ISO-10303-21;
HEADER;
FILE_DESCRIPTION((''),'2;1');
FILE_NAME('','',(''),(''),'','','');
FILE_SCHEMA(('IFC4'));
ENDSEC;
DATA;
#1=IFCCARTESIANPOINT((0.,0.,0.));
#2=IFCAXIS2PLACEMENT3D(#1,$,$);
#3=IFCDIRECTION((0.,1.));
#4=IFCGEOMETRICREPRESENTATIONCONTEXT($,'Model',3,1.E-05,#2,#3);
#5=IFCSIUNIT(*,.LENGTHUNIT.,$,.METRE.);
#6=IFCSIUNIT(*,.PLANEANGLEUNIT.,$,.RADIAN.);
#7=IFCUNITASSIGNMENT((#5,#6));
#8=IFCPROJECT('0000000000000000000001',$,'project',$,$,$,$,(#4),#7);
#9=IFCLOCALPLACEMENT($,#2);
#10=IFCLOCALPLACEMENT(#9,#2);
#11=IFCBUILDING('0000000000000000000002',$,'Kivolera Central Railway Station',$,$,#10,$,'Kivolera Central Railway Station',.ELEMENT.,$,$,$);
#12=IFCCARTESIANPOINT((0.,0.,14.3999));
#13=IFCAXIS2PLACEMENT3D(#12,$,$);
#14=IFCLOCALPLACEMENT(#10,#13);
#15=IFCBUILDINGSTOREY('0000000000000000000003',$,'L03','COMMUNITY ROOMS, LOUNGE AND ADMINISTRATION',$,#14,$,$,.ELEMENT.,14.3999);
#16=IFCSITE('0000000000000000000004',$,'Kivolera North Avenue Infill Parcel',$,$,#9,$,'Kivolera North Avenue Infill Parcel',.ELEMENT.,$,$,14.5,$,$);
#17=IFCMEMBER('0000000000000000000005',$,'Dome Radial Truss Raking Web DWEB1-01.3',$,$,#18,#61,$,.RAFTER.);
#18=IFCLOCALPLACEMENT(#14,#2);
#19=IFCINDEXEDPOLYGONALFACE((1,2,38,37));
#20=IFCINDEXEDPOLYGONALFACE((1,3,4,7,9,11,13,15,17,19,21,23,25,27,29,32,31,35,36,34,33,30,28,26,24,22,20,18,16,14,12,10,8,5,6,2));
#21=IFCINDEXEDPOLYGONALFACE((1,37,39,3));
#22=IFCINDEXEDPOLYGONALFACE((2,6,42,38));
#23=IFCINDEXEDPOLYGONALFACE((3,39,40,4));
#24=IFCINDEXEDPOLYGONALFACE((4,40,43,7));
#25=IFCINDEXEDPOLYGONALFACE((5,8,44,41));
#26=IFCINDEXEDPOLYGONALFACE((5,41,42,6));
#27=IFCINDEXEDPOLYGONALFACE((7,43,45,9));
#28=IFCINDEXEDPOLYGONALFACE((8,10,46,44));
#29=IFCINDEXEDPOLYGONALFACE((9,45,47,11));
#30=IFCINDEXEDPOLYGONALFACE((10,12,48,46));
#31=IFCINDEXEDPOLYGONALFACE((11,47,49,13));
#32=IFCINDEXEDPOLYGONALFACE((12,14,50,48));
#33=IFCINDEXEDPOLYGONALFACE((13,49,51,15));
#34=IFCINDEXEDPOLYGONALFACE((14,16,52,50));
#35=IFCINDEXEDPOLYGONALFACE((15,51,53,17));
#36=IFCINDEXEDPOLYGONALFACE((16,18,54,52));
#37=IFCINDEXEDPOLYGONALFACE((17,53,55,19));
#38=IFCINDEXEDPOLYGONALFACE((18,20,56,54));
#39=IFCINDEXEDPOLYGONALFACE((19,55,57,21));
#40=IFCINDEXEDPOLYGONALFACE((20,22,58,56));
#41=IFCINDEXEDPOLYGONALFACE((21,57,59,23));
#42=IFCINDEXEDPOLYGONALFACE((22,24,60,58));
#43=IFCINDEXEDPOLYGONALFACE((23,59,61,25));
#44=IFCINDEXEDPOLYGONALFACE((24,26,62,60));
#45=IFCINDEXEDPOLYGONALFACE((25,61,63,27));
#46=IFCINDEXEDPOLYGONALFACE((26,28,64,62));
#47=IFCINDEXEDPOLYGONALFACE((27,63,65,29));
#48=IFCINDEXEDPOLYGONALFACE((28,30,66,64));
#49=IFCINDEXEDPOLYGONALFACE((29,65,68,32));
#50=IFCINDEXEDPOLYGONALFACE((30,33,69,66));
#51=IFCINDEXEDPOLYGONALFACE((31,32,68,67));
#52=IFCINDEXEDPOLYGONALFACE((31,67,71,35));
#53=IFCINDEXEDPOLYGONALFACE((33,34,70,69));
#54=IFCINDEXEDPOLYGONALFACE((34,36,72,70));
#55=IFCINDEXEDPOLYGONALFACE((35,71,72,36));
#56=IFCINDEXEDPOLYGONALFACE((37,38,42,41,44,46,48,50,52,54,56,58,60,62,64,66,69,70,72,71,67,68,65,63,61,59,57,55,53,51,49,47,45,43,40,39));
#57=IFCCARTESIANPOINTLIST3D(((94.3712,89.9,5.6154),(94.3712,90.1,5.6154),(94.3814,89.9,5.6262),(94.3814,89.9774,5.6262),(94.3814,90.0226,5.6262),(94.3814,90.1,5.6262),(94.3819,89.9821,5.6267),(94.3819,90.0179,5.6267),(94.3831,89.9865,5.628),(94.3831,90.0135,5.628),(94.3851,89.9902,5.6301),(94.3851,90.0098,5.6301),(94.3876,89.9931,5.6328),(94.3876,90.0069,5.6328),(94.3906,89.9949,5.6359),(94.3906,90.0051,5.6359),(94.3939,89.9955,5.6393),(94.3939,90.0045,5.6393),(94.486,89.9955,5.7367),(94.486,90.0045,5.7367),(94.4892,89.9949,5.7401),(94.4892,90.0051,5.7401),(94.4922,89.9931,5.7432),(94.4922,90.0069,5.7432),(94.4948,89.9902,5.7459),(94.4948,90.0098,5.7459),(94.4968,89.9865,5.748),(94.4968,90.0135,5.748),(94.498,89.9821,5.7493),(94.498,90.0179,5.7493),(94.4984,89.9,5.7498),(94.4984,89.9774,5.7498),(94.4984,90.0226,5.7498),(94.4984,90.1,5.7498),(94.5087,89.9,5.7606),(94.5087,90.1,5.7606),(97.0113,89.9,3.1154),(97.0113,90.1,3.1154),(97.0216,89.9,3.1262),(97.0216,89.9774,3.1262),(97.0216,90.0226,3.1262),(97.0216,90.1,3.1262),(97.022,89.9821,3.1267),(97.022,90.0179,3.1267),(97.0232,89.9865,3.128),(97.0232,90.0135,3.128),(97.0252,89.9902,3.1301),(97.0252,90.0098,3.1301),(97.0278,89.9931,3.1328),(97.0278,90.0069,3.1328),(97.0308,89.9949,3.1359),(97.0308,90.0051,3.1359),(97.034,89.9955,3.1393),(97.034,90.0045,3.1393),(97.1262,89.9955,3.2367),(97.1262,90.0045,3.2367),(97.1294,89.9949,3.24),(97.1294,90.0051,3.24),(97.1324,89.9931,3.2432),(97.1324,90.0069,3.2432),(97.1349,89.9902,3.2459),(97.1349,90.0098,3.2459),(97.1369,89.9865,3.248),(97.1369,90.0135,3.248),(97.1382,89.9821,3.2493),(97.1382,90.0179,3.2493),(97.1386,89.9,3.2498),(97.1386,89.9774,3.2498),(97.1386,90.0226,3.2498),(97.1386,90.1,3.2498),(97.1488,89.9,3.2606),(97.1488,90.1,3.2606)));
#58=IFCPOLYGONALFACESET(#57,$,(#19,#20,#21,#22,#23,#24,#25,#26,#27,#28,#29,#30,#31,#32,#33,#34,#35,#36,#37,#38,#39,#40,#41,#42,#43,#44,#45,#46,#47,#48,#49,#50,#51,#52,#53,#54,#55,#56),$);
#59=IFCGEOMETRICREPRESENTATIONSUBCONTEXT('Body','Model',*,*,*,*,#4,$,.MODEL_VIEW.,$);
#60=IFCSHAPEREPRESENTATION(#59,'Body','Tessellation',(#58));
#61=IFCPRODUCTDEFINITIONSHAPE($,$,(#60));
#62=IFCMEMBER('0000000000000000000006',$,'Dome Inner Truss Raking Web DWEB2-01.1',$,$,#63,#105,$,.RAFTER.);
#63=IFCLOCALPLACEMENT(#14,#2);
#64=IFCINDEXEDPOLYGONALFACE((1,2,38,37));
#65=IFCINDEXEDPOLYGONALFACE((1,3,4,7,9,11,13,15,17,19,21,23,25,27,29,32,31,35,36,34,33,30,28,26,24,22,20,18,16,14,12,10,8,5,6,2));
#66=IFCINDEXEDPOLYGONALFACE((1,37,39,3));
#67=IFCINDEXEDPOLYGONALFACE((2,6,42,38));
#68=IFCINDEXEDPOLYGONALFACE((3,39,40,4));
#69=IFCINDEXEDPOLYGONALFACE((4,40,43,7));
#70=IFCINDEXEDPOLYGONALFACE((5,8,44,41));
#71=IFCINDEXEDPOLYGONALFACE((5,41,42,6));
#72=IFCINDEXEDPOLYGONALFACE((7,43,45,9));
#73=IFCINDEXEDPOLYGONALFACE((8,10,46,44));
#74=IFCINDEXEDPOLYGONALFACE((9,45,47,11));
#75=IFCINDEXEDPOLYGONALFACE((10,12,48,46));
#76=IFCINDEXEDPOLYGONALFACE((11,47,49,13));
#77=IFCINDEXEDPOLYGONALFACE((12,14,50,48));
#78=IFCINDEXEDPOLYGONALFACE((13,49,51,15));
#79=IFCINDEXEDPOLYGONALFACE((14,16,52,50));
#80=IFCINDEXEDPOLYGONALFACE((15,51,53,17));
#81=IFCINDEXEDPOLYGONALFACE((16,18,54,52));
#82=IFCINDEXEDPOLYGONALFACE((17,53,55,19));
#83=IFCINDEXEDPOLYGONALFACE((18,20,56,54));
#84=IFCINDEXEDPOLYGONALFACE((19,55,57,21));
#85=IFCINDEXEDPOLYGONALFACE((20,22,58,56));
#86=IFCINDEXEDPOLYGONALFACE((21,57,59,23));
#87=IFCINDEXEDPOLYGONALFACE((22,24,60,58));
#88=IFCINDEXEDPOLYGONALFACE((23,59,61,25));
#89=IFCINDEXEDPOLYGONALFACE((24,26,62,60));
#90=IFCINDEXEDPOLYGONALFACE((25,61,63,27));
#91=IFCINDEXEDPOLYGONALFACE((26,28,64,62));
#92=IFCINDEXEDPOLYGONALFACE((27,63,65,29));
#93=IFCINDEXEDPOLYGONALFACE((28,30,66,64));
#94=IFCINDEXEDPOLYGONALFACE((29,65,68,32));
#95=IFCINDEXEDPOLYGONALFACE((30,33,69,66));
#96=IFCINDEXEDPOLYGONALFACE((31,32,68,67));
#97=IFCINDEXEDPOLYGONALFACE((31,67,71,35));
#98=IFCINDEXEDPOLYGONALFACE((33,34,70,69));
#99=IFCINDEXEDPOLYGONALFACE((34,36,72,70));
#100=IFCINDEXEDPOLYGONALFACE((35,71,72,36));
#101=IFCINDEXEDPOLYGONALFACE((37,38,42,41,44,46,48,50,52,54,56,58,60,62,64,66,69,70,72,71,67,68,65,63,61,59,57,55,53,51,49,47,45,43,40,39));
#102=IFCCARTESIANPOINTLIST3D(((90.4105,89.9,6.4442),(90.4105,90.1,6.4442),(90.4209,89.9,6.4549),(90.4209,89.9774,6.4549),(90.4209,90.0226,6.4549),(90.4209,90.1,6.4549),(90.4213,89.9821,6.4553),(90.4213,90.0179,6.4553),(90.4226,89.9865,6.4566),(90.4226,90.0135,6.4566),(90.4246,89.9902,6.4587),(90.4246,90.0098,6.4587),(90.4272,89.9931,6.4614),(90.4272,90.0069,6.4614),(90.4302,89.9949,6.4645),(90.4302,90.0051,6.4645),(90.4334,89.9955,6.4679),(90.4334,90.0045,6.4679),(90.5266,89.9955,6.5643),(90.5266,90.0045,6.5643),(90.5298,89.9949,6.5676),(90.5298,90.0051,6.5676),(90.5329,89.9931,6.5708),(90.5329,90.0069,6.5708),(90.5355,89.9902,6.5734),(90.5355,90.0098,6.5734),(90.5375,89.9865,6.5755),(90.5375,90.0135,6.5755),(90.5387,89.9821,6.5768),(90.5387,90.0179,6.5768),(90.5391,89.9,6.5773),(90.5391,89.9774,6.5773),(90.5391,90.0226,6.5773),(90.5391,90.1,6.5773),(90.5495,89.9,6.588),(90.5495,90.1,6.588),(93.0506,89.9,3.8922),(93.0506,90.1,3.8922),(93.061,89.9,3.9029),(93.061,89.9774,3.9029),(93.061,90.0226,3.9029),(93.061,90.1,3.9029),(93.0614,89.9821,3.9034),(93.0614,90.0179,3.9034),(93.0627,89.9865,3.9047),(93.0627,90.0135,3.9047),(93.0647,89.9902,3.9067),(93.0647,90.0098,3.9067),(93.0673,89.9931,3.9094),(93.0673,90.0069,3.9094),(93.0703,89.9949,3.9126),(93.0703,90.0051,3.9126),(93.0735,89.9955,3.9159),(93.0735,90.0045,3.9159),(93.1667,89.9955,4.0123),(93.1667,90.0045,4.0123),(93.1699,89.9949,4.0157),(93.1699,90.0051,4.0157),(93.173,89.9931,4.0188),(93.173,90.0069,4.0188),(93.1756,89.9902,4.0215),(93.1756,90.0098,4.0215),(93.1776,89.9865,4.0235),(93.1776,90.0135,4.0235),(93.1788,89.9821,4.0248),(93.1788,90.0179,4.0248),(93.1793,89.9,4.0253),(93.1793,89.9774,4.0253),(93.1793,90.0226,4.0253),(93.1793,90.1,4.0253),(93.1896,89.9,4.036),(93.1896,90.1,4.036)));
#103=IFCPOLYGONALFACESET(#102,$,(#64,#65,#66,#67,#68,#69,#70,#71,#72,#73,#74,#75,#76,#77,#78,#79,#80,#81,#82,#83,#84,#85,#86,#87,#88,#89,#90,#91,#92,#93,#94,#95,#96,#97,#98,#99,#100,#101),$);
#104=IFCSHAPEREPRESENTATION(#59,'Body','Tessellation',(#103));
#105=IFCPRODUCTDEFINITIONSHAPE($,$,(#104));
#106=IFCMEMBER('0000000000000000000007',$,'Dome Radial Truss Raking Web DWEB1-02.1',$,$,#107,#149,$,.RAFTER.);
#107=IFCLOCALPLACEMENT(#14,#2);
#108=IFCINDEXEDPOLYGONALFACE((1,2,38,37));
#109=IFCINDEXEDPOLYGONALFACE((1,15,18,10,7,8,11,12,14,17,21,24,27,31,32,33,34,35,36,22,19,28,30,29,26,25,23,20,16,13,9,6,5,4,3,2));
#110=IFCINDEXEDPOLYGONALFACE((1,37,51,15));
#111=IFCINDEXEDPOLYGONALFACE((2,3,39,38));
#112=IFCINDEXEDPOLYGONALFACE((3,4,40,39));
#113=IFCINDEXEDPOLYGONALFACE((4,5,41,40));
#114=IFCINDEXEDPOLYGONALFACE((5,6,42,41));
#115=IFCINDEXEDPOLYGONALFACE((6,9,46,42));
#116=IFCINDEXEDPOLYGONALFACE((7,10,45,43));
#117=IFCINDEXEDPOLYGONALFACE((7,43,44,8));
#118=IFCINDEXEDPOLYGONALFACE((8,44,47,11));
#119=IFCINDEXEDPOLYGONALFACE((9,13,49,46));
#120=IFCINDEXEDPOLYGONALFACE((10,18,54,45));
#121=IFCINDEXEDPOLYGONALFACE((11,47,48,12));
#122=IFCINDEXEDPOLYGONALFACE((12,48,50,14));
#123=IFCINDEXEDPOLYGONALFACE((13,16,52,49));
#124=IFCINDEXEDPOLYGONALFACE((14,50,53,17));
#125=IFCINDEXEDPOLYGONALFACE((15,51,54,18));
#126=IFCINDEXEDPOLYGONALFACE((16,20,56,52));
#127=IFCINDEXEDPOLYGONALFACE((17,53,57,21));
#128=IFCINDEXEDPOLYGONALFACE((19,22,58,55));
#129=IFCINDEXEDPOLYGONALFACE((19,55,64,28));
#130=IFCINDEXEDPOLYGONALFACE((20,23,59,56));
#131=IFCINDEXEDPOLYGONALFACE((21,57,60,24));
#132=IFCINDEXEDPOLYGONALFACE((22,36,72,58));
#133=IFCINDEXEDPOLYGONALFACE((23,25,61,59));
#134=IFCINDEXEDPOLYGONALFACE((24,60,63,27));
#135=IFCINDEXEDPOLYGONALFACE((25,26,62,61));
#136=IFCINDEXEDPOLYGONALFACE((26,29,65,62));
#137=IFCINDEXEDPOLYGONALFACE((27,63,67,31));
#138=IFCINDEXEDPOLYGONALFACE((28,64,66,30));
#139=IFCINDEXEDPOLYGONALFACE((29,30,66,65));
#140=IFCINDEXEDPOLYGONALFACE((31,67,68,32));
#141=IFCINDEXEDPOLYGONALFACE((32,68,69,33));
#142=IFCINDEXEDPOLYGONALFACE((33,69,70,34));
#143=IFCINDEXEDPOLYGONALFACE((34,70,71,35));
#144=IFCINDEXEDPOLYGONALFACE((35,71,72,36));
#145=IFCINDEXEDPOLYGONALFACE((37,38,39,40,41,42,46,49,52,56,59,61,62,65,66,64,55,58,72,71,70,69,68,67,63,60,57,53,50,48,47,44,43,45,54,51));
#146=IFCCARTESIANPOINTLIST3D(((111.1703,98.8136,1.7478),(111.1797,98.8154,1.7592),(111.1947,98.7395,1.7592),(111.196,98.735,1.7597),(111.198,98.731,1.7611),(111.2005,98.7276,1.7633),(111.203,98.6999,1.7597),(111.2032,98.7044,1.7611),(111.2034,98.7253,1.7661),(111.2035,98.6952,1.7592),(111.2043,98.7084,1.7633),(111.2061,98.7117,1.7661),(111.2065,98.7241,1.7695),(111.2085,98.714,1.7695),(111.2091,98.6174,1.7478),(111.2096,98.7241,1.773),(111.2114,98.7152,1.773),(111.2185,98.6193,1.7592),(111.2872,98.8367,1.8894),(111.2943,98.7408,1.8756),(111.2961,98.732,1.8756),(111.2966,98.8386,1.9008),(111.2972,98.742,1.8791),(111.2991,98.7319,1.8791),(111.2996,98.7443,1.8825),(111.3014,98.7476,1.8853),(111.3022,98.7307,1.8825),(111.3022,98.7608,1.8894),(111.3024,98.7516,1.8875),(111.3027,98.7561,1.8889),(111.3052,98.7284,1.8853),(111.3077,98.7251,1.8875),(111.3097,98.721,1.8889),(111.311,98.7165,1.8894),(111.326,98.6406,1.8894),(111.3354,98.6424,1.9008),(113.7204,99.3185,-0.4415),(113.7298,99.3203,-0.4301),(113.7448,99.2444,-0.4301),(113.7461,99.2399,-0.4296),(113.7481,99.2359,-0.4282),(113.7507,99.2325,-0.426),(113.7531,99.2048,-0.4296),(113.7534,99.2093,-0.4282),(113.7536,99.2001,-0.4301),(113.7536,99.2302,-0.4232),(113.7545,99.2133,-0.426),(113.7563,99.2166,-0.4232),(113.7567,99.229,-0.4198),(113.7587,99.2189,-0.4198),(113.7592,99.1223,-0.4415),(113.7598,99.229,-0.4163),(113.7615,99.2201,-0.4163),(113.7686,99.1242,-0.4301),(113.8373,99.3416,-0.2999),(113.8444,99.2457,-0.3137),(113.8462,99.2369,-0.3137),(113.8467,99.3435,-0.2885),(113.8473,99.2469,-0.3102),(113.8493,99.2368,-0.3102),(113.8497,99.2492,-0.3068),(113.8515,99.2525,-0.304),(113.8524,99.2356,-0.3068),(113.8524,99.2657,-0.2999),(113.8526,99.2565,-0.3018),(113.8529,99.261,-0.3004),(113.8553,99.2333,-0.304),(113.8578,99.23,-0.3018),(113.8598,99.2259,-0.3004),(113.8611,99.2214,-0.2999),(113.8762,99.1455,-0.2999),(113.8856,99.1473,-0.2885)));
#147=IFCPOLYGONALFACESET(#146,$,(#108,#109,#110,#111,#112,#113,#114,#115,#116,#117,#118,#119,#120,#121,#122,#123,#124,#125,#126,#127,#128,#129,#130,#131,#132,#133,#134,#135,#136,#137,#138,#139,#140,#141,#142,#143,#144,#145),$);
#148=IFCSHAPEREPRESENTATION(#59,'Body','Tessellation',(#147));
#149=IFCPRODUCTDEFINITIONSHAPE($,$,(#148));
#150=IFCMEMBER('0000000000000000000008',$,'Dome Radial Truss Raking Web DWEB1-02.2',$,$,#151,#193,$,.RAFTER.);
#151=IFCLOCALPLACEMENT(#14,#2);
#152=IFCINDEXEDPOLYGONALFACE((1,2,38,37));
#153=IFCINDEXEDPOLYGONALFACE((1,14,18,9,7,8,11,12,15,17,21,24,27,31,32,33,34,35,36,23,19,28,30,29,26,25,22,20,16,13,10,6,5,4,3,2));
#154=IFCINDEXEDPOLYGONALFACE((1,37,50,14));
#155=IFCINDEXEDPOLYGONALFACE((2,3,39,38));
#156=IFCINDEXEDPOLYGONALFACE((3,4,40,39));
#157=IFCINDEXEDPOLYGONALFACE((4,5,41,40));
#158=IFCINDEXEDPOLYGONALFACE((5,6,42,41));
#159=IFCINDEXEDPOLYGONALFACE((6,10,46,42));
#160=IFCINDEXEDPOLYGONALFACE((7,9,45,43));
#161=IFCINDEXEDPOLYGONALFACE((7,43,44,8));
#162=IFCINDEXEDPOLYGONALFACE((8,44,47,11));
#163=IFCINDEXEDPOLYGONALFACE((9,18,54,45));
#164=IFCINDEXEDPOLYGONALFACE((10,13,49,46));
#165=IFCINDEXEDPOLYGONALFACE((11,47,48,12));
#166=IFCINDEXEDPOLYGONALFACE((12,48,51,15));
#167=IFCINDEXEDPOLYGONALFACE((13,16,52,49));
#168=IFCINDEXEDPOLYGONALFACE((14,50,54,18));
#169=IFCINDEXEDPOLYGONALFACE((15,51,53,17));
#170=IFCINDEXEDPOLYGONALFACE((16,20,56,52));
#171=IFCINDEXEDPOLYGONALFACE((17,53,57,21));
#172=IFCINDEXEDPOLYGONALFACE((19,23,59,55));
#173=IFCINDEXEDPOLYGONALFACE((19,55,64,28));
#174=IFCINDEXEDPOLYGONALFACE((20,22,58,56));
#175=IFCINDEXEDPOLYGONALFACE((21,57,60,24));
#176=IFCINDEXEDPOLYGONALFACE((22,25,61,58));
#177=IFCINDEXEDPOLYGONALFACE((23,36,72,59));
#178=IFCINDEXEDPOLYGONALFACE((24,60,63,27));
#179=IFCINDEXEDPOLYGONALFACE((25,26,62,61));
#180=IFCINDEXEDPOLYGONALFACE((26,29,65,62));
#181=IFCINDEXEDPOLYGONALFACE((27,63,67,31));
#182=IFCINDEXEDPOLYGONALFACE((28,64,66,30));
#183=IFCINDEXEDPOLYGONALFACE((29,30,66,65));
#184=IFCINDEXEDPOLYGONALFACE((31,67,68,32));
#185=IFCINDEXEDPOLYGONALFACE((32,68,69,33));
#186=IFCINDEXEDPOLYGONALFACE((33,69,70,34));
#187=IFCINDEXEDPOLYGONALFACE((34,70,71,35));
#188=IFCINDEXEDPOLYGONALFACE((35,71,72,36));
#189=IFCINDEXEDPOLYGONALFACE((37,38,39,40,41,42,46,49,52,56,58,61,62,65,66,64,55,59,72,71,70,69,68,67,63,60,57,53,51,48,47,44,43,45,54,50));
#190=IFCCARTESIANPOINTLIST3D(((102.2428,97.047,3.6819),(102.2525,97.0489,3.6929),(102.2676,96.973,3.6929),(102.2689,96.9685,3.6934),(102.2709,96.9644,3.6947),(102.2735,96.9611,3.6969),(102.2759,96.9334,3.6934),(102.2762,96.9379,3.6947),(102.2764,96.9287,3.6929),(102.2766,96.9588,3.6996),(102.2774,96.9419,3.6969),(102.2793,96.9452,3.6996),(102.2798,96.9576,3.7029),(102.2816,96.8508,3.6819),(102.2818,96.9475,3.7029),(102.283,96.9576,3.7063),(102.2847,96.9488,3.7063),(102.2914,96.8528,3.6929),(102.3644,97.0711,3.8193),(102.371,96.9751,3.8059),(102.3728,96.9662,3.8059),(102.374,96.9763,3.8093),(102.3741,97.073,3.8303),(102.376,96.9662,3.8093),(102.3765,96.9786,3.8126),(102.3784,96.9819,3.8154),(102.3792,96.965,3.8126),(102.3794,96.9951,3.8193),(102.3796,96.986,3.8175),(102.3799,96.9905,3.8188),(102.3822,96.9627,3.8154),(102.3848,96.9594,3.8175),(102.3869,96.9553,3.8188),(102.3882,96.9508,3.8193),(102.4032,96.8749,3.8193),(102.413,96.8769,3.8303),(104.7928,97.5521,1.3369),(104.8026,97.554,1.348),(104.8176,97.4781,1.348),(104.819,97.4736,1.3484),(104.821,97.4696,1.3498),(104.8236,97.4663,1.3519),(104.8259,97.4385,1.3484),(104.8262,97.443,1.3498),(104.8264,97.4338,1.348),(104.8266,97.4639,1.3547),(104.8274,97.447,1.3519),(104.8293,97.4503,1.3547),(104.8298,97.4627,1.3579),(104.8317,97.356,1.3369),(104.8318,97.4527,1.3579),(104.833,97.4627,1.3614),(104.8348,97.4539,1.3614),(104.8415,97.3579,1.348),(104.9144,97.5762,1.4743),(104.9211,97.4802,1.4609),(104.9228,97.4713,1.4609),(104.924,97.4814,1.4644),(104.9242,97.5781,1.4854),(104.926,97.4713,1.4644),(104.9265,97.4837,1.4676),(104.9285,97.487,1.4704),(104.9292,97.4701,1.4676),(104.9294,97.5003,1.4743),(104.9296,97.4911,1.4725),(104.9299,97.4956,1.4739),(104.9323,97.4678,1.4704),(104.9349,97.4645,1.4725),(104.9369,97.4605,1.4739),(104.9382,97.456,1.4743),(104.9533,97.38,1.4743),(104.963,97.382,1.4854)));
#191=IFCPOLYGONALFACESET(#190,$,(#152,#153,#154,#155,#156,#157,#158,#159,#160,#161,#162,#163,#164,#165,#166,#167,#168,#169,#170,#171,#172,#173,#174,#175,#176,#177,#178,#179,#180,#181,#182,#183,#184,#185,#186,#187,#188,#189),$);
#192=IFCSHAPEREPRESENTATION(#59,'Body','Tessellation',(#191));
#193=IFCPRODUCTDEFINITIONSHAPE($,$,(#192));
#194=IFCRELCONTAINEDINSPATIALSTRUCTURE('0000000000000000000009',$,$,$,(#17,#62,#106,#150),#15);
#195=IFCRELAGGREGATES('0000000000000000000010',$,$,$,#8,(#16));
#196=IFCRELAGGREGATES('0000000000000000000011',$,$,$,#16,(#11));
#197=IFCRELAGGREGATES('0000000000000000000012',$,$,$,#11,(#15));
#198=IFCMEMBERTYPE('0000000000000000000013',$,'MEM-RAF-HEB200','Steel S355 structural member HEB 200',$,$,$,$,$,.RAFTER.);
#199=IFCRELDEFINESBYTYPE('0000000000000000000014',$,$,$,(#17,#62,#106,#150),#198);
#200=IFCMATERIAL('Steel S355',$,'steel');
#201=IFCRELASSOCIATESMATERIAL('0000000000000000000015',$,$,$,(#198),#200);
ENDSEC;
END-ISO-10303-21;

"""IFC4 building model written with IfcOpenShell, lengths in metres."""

from ifc_helpers import new_model, si_unit, direction, frame, origin, origin_2d, place, context, subcontext, project, spatial, i_section, extrude, material, material_profile, profile_set, type_object, element, save


model = new_model("IFC4")

# Units and contexts
model_context = context("Model", 3, precision=1e-05, world=origin(), true_north=direction((0.0, 1.0)))
body_context = subcontext(model_context, "Body", "Model", "MODEL_VIEW")
ifc_project = project(units=[si_unit("LENGTHUNIT", "METRE"), si_unit("PLANEANGLEUNIT", "RADIAN")], contexts=[model_context])

# Site, building, storey
site_placement = place(None, origin())
site = spatial("IfcSite", under=ifc_project, at=site_placement, Name="Kivolera North Avenue Infill Parcel", LongName="Kivolera North Avenue Infill Parcel", CompositionType="ELEMENT", RefElevation=14.5)
building_placement = place(site_placement, origin())
building = spatial("IfcBuilding", under=site, at=building_placement, Name="Kivolera Central Railway Station", LongName="Kivolera Central Railway Station", CompositionType="ELEMENT")
storey_placement = place(building_placement, frame((0.0, 0.0, 14.3999)))
storey = spatial("IfcBuildingStorey", under=building, at=storey_placement, Name="L03", Description="COMMUNITY ROOMS, LOUNGE AND ADMINISTRATION", CompositionType="ELEMENT", Elevation=14.3999)

# Shared definitions
ifc_material_1 = material(Name="Steel S355", Category="steel")

# Members
ifc_material_profile_1 = material_profile(ifc_material_1, i_section(OverallWidth=0.2, OverallDepth=0.2, WebThickness=0.009, FlangeThickness=0.0149, FilletRadius=0.0181, at=origin_2d()), Name="HEB 200")
ifc_profile_set_1 = profile_set([ifc_material_profile_1], Name="Steel S355")
member_type_1 = type_object("IfcMemberType", Name="MEM-RAF-HEB200", Description="Steel S355 structural member HEB 200", PredefinedType="RAFTER", material=ifc_profile_set_1)
member_1_placement = place(storey_placement, frame((97.0801, 90.0, 3.188), z_axis=(-0.726115, 0.0, 0.687573), x_axis=(0.0, -1.0, 0.0)))
element("IfcMember", 1, at=member_1_placement, inside=storey, type_object=member_type_1, Name="Dome Radial Truss Raking Web DWEB1-01.3", PredefinedType="RAFTER", context=body_context, shape_type="SweptSolid", body=[
    extrude(i_section(OverallWidth=0.2, OverallDepth=0.2, WebThickness=0.009, FlangeThickness=0.0149, FilletRadius=0.0181, at=origin_2d()), origin(), (0.0, 0.0, 1.0), 3.636),
])
member_2_placement = place(storey_placement, frame((93.1201, 90.0, 3.9641), z_axis=(-0.719006, 0.0, 0.695004), x_axis=(0.0, -1.0, 0.0)))
element("IfcMember", 2, at=member_2_placement, inside=storey, type_object=member_type_1, Name="Dome Inner Truss Raking Web DWEB2-01.1", PredefinedType="RAFTER", context=body_context, shape_type="SweptSolid", body=[
    extrude(i_section(OverallWidth=0.2, OverallDepth=0.2, WebThickness=0.009, FlangeThickness=0.0149, FilletRadius=0.0181, at=origin_2d()), origin(), (0.0, 0.0, 1.0), 3.6719),
])
member_3_placement = place(storey_placement, frame((113.803, 99.2329, -0.365), z_axis=(-0.750329, -0.148557, 0.644156), x_axis=(0.194219, -0.980958, 0.0)))
element("IfcMember", 3, at=member_3_placement, inside=storey, type_object=member_type_1, Name="Dome Radial Truss Raking Web DWEB1-02.1", PredefinedType="RAFTER", context=body_context, shape_type="SweptSolid", body=[
    extrude(i_section(OverallWidth=0.2, OverallDepth=0.2, WebThickness=0.009, FlangeThickness=0.0149, FilletRadius=0.0181, at=origin_2d()), origin(), (0.0, 0.0, 1.0), 3.3987),
])
member_4_placement = place(storey_placement, frame((104.8779, 97.467, 1.4111), z_axis=(-0.728384, -0.144282, 0.669806), x_axis=(0.19431, -0.98094, 0.0)))
element("IfcMember", 4, at=member_4_placement, inside=storey, type_object=member_type_1, Name="Dome Radial Truss Raking Web DWEB1-02.2", PredefinedType="RAFTER", context=body_context, shape_type="SweptSolid", body=[
    extrude(i_section(OverallWidth=0.2, OverallDepth=0.2, WebThickness=0.009, FlangeThickness=0.0149, FilletRadius=0.0181, at=origin_2d()), origin(), (0.0, 0.0, 1.0), 3.501),
])

save(model, "model.ifc")
